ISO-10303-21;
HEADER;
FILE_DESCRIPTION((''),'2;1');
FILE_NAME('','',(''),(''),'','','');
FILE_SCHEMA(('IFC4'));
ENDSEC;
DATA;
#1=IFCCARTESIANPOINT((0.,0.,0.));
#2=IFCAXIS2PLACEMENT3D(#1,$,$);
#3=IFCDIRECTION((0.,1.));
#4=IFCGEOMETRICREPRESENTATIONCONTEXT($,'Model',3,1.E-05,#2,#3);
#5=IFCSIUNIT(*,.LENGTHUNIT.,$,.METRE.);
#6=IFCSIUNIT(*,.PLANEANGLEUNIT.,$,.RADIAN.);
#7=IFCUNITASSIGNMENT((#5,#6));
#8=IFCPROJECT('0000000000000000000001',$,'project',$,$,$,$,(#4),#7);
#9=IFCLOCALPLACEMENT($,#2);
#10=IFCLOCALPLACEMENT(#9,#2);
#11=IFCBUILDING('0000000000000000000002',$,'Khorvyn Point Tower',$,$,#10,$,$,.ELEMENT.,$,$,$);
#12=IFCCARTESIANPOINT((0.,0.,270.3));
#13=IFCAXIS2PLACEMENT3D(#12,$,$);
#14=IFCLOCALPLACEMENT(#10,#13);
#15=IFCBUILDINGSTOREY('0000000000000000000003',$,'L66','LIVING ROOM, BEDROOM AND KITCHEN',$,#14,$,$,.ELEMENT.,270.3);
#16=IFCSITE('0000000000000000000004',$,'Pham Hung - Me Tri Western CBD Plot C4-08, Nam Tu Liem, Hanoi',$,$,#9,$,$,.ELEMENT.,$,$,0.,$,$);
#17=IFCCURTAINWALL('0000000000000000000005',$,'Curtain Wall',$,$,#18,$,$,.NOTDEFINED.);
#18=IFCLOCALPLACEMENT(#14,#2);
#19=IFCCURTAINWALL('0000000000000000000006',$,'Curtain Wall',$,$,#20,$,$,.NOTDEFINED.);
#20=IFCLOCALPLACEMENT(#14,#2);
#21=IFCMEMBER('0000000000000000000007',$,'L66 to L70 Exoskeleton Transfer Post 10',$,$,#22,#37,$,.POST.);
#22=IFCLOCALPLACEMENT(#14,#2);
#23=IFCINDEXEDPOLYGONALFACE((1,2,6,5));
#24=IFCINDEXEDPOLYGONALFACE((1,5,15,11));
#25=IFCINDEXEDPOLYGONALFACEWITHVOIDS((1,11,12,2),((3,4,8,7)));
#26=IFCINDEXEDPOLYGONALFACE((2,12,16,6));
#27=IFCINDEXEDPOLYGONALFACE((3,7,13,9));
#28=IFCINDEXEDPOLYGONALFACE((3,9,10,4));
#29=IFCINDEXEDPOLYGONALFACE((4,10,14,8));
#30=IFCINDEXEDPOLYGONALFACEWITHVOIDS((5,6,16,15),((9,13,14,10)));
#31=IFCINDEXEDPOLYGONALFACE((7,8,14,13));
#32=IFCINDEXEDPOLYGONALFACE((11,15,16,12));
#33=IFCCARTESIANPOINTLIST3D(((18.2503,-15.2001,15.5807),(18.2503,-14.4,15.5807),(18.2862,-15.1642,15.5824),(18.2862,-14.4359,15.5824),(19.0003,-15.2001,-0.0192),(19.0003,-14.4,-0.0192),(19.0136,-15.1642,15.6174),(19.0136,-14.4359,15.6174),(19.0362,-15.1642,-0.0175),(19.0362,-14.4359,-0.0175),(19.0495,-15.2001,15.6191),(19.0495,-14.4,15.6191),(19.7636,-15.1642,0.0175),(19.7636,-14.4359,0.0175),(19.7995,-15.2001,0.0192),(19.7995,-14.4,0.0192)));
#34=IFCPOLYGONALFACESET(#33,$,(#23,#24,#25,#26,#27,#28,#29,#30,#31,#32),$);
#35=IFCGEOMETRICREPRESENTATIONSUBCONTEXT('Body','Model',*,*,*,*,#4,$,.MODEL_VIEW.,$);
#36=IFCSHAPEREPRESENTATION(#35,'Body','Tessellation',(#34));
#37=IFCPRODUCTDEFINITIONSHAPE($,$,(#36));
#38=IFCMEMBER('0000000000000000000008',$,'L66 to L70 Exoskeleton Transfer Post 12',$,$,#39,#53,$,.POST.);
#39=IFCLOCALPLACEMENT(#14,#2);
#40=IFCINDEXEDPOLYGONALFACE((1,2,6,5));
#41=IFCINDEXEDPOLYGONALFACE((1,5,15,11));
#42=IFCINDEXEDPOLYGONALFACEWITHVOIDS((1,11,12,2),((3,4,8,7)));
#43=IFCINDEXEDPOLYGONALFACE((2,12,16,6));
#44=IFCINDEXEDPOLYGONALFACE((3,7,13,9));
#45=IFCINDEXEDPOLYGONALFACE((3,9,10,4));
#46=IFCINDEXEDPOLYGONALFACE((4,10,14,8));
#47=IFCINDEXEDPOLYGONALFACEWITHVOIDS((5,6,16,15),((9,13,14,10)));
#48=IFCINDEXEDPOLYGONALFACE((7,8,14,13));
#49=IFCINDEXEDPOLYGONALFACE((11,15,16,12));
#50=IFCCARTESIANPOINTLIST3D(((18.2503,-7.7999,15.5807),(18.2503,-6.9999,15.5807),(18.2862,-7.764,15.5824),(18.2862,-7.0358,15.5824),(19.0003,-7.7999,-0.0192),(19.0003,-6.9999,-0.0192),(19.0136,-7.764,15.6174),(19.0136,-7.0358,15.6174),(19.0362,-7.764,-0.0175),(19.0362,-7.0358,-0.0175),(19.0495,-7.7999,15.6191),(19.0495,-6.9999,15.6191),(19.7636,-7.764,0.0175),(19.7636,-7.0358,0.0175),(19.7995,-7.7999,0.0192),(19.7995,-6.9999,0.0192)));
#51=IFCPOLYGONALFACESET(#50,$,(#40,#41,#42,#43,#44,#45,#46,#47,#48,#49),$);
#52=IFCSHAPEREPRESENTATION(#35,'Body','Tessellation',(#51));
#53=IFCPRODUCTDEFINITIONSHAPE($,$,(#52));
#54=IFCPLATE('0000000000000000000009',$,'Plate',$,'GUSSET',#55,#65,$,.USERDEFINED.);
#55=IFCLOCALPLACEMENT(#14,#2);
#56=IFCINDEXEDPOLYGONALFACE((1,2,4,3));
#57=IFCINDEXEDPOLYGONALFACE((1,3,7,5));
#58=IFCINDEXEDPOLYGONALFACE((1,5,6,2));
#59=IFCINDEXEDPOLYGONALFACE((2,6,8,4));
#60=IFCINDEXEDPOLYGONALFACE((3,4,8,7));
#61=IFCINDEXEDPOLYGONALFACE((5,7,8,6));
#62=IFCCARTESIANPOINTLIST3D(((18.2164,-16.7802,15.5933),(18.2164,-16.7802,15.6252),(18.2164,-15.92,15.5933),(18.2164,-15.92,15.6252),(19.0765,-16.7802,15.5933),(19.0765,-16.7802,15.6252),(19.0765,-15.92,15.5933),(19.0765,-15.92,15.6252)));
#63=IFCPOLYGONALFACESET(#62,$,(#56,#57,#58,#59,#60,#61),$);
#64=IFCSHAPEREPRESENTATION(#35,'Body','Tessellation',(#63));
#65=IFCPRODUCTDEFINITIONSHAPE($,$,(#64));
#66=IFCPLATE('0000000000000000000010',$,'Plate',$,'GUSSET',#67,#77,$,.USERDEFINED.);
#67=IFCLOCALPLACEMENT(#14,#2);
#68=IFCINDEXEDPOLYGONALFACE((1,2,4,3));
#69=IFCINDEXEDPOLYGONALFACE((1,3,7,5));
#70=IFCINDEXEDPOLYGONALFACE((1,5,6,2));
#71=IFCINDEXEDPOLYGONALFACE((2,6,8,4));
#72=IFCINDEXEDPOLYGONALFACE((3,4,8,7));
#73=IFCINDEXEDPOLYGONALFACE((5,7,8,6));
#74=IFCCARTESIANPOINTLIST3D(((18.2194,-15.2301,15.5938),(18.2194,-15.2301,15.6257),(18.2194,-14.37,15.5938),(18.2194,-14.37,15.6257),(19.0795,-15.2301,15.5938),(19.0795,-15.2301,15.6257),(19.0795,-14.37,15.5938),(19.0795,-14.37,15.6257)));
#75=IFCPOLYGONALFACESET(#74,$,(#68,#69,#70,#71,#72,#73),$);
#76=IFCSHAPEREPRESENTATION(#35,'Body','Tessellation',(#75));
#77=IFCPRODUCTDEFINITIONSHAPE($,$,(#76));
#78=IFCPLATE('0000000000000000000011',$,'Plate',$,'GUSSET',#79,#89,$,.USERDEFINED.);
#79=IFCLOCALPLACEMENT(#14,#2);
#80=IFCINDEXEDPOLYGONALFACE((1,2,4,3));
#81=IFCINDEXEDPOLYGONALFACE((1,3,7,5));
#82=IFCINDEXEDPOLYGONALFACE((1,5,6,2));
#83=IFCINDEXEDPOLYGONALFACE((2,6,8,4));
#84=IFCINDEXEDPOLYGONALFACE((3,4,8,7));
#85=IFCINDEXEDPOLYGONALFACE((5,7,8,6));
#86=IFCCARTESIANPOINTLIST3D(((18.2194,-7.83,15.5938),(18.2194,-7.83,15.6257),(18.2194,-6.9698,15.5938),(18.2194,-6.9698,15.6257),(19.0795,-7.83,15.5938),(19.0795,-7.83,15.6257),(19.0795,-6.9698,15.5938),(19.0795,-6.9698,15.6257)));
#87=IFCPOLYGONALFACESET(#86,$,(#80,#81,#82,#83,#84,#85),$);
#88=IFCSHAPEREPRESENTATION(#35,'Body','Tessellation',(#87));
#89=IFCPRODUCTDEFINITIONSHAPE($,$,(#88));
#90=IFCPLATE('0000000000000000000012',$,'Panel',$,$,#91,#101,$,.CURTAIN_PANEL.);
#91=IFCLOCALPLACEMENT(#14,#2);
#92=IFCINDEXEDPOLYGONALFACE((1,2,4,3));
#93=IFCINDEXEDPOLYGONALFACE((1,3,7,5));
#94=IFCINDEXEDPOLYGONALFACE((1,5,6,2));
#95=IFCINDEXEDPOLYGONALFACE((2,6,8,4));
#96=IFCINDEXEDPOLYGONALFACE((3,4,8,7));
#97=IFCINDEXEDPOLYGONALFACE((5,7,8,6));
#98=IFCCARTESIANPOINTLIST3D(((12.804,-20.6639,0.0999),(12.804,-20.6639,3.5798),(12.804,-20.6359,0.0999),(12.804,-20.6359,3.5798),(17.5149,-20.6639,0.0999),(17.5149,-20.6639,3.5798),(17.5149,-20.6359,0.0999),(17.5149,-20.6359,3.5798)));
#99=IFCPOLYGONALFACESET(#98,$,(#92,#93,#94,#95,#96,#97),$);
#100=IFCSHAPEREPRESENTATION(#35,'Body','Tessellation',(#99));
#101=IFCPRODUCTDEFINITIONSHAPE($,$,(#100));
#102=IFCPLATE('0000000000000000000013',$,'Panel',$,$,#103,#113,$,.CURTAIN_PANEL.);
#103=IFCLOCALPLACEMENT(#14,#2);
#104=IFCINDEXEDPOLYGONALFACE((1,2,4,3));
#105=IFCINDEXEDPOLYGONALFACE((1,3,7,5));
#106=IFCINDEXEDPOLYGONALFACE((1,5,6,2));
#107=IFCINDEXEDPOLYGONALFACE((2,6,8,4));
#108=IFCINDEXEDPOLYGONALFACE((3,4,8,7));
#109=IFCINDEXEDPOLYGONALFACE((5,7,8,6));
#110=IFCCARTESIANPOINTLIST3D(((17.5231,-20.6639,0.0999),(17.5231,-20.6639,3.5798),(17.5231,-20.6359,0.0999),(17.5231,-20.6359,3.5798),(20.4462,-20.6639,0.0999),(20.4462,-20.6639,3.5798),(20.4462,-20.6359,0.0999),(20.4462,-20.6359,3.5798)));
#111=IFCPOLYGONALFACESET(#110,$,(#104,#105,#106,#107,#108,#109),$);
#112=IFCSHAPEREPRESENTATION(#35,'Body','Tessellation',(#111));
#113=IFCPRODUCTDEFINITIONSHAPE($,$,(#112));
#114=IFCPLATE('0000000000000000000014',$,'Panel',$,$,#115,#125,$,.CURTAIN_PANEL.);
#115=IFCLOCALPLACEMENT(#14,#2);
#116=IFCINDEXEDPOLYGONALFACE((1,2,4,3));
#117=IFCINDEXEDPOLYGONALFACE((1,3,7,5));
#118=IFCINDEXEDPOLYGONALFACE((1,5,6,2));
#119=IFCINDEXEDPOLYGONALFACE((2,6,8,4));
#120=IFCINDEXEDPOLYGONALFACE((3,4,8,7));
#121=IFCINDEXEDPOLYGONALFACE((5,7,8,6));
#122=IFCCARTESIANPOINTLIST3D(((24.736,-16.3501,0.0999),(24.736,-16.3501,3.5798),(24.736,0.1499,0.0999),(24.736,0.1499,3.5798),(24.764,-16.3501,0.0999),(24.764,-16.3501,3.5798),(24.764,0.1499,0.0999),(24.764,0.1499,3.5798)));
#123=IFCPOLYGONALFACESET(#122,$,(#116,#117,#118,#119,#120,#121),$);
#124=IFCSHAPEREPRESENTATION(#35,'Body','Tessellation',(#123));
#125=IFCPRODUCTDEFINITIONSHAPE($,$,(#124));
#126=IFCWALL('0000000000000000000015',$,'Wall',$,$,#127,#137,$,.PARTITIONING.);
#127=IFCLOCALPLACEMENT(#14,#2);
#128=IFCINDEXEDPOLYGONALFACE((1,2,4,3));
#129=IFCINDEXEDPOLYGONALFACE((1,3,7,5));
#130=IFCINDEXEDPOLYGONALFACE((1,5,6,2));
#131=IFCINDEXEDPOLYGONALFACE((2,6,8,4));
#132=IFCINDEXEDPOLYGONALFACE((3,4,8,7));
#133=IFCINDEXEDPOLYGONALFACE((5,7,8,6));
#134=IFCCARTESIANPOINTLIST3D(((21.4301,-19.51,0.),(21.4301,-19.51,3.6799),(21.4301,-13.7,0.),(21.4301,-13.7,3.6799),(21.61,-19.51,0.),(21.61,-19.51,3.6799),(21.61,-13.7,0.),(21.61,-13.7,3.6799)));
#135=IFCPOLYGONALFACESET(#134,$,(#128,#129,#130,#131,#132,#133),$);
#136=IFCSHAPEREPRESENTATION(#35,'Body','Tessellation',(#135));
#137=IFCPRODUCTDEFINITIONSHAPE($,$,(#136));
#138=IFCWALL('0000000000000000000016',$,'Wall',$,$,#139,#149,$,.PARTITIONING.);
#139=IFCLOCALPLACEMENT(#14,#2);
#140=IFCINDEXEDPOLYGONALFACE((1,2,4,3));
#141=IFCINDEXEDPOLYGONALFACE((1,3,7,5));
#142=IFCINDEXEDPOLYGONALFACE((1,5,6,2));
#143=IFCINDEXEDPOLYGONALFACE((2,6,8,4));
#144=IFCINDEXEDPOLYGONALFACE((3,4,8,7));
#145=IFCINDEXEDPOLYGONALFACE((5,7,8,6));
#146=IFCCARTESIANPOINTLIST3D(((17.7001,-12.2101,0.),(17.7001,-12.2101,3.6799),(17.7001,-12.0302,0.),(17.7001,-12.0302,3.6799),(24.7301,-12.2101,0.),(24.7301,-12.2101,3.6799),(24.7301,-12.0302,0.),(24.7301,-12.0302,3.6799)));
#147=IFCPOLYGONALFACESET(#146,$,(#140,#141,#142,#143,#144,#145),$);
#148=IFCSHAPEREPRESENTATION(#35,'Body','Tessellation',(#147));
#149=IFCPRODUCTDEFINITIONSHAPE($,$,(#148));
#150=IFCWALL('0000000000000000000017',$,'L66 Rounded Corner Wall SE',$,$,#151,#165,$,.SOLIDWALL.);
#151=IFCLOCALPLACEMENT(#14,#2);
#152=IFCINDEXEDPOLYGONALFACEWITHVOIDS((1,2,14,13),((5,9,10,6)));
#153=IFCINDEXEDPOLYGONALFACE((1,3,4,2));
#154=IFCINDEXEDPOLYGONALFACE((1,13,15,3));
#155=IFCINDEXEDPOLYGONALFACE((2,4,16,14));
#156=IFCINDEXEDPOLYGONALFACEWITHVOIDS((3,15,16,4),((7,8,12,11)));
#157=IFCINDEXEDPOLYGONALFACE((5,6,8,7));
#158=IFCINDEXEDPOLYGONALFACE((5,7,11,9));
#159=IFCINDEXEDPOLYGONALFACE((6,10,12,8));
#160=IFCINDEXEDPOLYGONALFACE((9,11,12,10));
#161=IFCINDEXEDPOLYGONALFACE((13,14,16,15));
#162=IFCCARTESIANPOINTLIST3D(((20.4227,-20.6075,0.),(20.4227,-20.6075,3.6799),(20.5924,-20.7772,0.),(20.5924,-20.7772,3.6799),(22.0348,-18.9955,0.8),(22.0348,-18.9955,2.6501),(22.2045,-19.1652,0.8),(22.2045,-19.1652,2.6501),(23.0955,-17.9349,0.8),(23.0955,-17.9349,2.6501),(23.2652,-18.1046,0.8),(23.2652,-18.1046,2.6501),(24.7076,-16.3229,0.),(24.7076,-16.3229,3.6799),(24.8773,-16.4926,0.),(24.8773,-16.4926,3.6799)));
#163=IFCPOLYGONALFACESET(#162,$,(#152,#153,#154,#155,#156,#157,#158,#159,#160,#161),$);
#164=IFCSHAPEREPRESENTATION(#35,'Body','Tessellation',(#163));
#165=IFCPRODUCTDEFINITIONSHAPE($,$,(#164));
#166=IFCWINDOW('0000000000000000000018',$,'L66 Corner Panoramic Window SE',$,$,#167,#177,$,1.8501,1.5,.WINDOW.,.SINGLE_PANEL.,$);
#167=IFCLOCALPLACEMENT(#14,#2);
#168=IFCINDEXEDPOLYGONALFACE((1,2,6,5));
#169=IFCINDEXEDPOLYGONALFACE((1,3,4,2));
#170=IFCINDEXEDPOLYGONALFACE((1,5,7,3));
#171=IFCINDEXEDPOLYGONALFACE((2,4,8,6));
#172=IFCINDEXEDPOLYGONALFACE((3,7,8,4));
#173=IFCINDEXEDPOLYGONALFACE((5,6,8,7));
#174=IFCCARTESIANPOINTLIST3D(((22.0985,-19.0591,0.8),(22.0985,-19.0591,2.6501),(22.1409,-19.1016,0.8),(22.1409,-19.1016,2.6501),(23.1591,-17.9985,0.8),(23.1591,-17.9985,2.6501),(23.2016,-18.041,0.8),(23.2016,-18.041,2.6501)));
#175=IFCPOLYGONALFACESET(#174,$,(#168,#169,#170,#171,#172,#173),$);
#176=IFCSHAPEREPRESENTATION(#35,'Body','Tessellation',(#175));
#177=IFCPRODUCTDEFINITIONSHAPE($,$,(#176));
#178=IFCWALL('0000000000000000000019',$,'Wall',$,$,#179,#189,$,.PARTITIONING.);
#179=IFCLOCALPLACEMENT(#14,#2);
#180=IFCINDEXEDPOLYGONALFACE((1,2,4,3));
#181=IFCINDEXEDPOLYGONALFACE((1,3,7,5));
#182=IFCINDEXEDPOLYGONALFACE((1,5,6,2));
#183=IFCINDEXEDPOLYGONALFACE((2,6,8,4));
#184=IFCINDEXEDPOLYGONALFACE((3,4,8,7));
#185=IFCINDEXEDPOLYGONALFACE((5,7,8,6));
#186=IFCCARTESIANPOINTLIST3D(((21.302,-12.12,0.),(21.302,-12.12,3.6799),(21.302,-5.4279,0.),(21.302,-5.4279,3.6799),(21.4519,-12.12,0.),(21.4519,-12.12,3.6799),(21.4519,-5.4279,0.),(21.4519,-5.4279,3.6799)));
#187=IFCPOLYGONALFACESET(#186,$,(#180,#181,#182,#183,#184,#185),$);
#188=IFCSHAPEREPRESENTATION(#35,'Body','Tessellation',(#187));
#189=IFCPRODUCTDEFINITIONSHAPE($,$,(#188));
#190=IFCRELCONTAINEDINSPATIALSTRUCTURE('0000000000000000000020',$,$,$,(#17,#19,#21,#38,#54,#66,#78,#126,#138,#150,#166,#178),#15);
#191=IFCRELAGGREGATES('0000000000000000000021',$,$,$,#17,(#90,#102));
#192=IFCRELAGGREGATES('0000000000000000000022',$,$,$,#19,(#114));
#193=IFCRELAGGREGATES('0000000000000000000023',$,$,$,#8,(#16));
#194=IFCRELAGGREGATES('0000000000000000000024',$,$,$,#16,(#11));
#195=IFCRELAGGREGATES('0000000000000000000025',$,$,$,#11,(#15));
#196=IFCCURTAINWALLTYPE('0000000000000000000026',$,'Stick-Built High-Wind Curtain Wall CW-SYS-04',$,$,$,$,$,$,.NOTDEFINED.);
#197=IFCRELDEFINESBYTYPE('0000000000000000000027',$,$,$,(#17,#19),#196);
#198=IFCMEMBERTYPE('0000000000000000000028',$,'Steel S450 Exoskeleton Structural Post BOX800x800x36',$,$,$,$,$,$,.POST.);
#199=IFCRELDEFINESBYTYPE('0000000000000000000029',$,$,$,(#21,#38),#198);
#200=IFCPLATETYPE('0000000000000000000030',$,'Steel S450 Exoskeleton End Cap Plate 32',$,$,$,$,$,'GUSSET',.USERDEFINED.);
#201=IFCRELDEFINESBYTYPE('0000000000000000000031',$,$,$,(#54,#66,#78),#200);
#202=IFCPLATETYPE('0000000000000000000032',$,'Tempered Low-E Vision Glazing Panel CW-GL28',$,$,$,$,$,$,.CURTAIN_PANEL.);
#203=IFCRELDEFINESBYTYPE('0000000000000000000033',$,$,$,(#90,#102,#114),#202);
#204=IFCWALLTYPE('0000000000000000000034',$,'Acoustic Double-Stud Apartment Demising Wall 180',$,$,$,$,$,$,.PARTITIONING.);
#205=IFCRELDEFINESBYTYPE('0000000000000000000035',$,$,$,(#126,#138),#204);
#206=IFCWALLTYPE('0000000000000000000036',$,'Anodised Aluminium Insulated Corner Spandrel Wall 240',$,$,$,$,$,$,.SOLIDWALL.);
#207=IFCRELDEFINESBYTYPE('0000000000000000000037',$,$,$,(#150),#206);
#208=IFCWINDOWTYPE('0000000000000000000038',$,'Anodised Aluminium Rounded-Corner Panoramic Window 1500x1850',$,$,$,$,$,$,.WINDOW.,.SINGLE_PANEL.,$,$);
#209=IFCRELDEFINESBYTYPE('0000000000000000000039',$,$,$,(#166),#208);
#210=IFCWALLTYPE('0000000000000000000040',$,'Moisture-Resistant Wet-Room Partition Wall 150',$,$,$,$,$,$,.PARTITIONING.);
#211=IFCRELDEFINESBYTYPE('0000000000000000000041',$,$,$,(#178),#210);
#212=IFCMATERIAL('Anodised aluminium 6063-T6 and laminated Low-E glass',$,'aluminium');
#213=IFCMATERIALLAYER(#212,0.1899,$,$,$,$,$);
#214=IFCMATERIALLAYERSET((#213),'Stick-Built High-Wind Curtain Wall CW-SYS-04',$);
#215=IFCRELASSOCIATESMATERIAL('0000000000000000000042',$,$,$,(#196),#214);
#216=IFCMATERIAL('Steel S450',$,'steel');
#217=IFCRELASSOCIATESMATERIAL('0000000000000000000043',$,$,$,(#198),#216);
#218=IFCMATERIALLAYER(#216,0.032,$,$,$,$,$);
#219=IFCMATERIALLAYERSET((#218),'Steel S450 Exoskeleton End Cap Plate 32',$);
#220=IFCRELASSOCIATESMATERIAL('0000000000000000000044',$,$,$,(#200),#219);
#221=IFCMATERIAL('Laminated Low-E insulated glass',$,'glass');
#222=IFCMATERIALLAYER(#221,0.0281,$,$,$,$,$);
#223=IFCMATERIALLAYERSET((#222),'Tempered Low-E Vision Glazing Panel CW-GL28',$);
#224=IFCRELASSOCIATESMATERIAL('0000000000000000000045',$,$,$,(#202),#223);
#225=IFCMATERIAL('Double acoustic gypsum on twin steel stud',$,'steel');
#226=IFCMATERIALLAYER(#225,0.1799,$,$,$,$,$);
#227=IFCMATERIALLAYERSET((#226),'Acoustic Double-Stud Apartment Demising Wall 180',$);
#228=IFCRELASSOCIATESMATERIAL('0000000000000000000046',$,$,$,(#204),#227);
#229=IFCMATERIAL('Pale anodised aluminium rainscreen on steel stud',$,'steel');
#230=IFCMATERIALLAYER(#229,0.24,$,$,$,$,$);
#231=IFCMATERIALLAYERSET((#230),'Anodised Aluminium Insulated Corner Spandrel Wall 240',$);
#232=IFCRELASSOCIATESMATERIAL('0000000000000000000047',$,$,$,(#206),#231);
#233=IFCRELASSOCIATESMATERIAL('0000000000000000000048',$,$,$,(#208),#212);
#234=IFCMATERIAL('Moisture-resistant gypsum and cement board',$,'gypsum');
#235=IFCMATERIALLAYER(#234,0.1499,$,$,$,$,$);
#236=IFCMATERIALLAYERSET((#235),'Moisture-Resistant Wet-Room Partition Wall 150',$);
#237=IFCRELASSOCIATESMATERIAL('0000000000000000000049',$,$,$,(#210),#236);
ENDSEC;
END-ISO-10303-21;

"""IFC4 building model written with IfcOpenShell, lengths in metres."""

from ifc_helpers import new_model, si_unit, direction, frame, frame_2d, origin, origin_2d, place, context, subcontext, project, spatial, rectangle, hollow_rectangle, extrude, material, layer, layer_set, material_profile, profile_set, type_object, element, fill, aggregate, save


model = new_model("IFC4")

# Units and contexts
model_context = context("Model", 3, precision=1e-05, world=origin(), true_north=direction((0.0, 1.0)))
body_context = subcontext(model_context, "Body", "Model", "MODEL_VIEW")
ifc_project = project(units=[si_unit("LENGTHUNIT", "METRE"), si_unit("PLANEANGLEUNIT", "RADIAN")], contexts=[model_context])

# Site, building, storey
site_placement = place(None, origin())
site = spatial("IfcSite", under=ifc_project, at=site_placement, Name="Pham Hung - Me Tri Western CBD Plot C4-08, Nam Tu Liem, Hanoi", CompositionType="ELEMENT", RefElevation=0.0)
building_placement = place(site_placement, origin())
building = spatial("IfcBuilding", under=site, at=building_placement, Name="Khorvyn Point Tower", CompositionType="ELEMENT")
storey_placement = place(building_placement, frame((0.0, 0.0, 270.3)))
storey = spatial("IfcBuildingStorey", under=building, at=storey_placement, Name="L66", Description="LIVING ROOM, BEDROOM AND KITCHEN", CompositionType="ELEMENT", Elevation=270.3)

# Shared definitions
ifc_material_1 = material(Name="Steel S450", Category="steel")

# Curtain walls
ifc_material_2 = material(Name="Anodised aluminium 6063-T6 and laminated Low-E glass", Category="aluminium")
ifc_layer_1 = layer(ifc_material_2, 0.1899)
ifc_layer_set_1 = layer_set([ifc_layer_1], Name="Stick-Built High-Wind Curtain Wall CW-SYS-04")
curtain_wall_type = type_object("IfcCurtainWallType", Name="Stick-Built High-Wind Curtain Wall CW-SYS-04", PredefinedType="NOTDEFINED", material=ifc_layer_set_1)
curtain_wall_1_placement = place(storey_placement, origin())
curtain_wall_1 = element("IfcCurtainWall", 1, at=curtain_wall_1_placement, inside=storey, type_object=curtain_wall_type, Name="Curtain Wall", PredefinedType="NOTDEFINED")
curtain_wall_2_placement = place(storey_placement, origin())
curtain_wall_2 = element("IfcCurtainWall", 2, at=curtain_wall_2_placement, inside=storey, type_object=curtain_wall_type, Name="Curtain Wall", PredefinedType="NOTDEFINED")

# Members
ifc_material_profile_1 = material_profile(ifc_material_1, hollow_rectangle(XDim=0.8, YDim=0.8, WallThickness=0.0359, at=origin_2d()))
ifc_profile_set_1 = profile_set([ifc_material_profile_1], Name="Steel S450 BOX800x800x36")
member_type_1 = type_object("IfcMemberType", Name="Steel S450 Exoskeleton Structural Post BOX800x800x36", PredefinedType="POST", material=ifc_profile_set_1)
for number, where, z_axis, x_axis, name in (
    (3, (19.3999, -14.8, 0.0), (-0.048022, 0.0, 0.998846), (0.0, -1.0, 0.0), "L66 to L70 Exoskeleton Transfer Post 10"),
    (4, (19.3999, -7.3999, 0.0), (-0.048022, 0.0, 0.998846), (0.0, -1.0, 0.0), "L66 to L70 Exoskeleton Transfer Post 12"),
):
    element("IfcMember", number, at=place(storey_placement, frame(where, z_axis=z_axis, x_axis=x_axis)), inside=storey, type_object=member_type_1, Name=name, PredefinedType="POST", context=body_context, shape_type="SweptSolid", body=[
        extrude(hollow_rectangle(XDim=0.8, YDim=0.8, WallThickness=0.0359, at=origin_2d()), origin(), (0.0, 0.0, 1.0), 15.6179),
    ])

# Plates
ifc_layer_2 = layer(ifc_material_1, 0.032)
ifc_layer_set_2 = layer_set([ifc_layer_2], Name="Steel S450 Exoskeleton End Cap Plate 32")
plate_type_1 = type_object("IfcPlateType", Name="Steel S450 Exoskeleton End Cap Plate 32", ElementType="GUSSET", PredefinedType="USERDEFINED", material=ifc_layer_set_2)
for number, where, z_axis, x_axis, name in (
    (5, (18.6465, -16.3501, 15.5933), (0.0, 0.0, 1.0), (1.0, 0.0, 0.0), "Plate"),
    (6, (18.6494, -14.8, 15.5938), (0.0, 0.0, 1.0), (1.0, 0.0, 0.0), "Plate"),
    (7, (18.6494, -7.3999, 15.5938), (0.0, 0.0, 1.0), (1.0, 0.0, 0.0), "Plate"),
):
    element("IfcPlate", number, at=place(storey_placement, frame(where, z_axis=z_axis, x_axis=x_axis)), inside=storey, type_object=plate_type_1, Name=name, ObjectType="GUSSET", PredefinedType="USERDEFINED", context=body_context, shape_type="SweptSolid", body=[
        extrude(rectangle(XDim=0.8601, YDim=0.8601, at=origin_2d()), origin(), (0.0, 0.0, 1.0), 0.032),
    ])

# Plates
ifc_material_3 = material(Name="Laminated Low-E insulated glass", Category="glass")
ifc_layer_3 = layer(ifc_material_3, 0.0281)
ifc_layer_set_3 = layer_set([ifc_layer_3], Name="Tempered Low-E Vision Glazing Panel CW-GL28")
plate_type_2 = type_object("IfcPlateType", Name="Tempered Low-E Vision Glazing Panel CW-GL28", PredefinedType="CURTAIN_PANEL", material=ifc_layer_set_3)
plate_1_placement = place(storey_placement, frame((15.1594, -20.6499, 0.0999), z_axis=(0.0, 0.0, 1.0), x_axis=(-1.0, 0.0, 0.0)))
plate_1 = element("IfcPlate", 8, at=plate_1_placement, type_object=plate_type_2, Name="Panel", PredefinedType="CURTAIN_PANEL", context=body_context, shape_type="SweptSolid", body=[
    extrude(rectangle(XDim=4.7109, YDim=0.0281, at=origin_2d()), origin(), (0.0, 0.0, 1.0), 3.48),
])
plate_2_placement = place(storey_placement, frame((18.9846, -20.6499, 0.0999), z_axis=(0.0, 0.0, 1.0), x_axis=(-1.0, 0.0, 0.0)))
plate_2 = element("IfcPlate", 9, at=plate_2_placement, type_object=plate_type_2, Name="Panel", PredefinedType="CURTAIN_PANEL", context=body_context, shape_type="SweptSolid", body=[
    extrude(rectangle(XDim=2.9231, YDim=0.0281, at=origin_2d()), origin(), (0.0, 0.0, 1.0), 3.48),
])
aggregate(curtain_wall_1, [plate_1, plate_2])
plate_3_placement = place(storey_placement, frame((24.75, -8.1001, 0.0999), z_axis=(0.0, 0.0, 1.0), x_axis=(0.0, -1.0, 0.0)))
plate_3 = element("IfcPlate", 10, at=plate_3_placement, type_object=plate_type_2, Name="Panel", PredefinedType="CURTAIN_PANEL", context=body_context, shape_type="SweptSolid", body=[
    extrude(rectangle(XDim=16.5, YDim=0.0281, at=origin_2d()), origin(), (0.0, 0.0, 1.0), 3.48),
])
aggregate(curtain_wall_2, [plate_3])

# Walls
ifc_material_4 = material(Name="Double acoustic gypsum on twin steel stud", Category="steel")
ifc_layer_4 = layer(ifc_material_4, 0.1799)
ifc_layer_set_4 = layer_set([ifc_layer_4], Name="Acoustic Double-Stud Apartment Demising Wall 180")
wall_type_1 = type_object("IfcWallType", Name="Acoustic Double-Stud Apartment Demising Wall 180", PredefinedType="PARTITIONING", material=ifc_layer_set_4)
wall_1_placement = place(storey_placement, frame((21.52, -19.51, 0.0), z_axis=(0.0, 0.0, 1.0), x_axis=(0.0, 1.0, 0.0)))
element("IfcWall", 11, at=wall_1_placement, inside=storey, type_object=wall_type_1, Name="Wall", PredefinedType="PARTITIONING", context=body_context, shape_type="SweptSolid", body=[
    extrude(rectangle(XDim=5.8101, YDim=0.1799, at=frame_2d((2.905, 0.0))), origin(), (0.0, 0.0, 1.0), 3.6799),
])
wall_2_placement = place(storey_placement, frame((17.7, -12.1201, 0.0), z_axis=(0.0, 0.0, 1.0), x_axis=(1.0, 0.0, 0.0)))
element("IfcWall", 12, at=wall_2_placement, inside=storey, type_object=wall_type_1, Name="Wall", PredefinedType="PARTITIONING", context=body_context, shape_type="SweptSolid", body=[
    extrude(rectangle(XDim=7.03, YDim=0.1799, at=frame_2d((3.5151, 0.0))), origin(), (0.0, 0.0, 1.0), 3.6799),
])

# Wall, opening, window
ifc_material_5 = material(Name="Pale anodised aluminium rainscreen on steel stud", Category="steel")
ifc_layer_5 = layer(ifc_material_5, 0.24)
ifc_layer_set_5 = layer_set([ifc_layer_5], Name="Anodised Aluminium Insulated Corner Spandrel Wall 240")
wall_type_2 = type_object("IfcWallType", Name="Anodised Aluminium Insulated Corner Spandrel Wall 240", PredefinedType="SOLIDWALL", material=ifc_layer_set_5)
wall_3_placement = place(storey_placement, frame((24.7925, -16.4077, 0.0), z_axis=(0.0, 0.0, 1.0), x_axis=(-0.707127, -0.707087, 0.0)))
wall_3 = element("IfcWall", 13, at=wall_3_placement, inside=storey, type_object=wall_type_2, Name="L66 Rounded Corner Wall SE", PredefinedType="SOLIDWALL", context=body_context, shape_type="SweptSolid", body=[
    extrude(rectangle(XDim=6.0596, YDim=0.24, at=frame_2d((3.0298, 0.0))), origin(), (0.0, 0.0, 1.0), 3.6799),
])
opening_placement = place(wall_3_placement, frame((2.2798, 0.0, 0.8)))
opening = element("IfcOpeningElement", 14, at=opening_placement, cuts=wall_3, PredefinedType="OPENING", context=body_context, shape_type="SweptSolid", body=[
    extrude(rectangle(XDim=1.5, YDim=1.8501, at=frame_2d((0.75, 0.925))), frame((0.0, 0.1299, 0.0), z_axis=(0.0, -1.0, 0.0), x_axis=(1.0, 0.0, 0.0)), (0.0, 0.0, 1.0), 0.26),
])
window_type = type_object("IfcWindowType", Name="Anodised Aluminium Rounded-Corner Panoramic Window 1500x1850", PartitioningType="SINGLE_PANEL", PredefinedType="WINDOW", material=ifc_material_2)
window_placement = place(opening_placement, origin())
window = element("IfcWindow", 15, at=window_placement, inside=storey, type_object=window_type, Name="L66 Corner Panoramic Window SE", OverallHeight=1.8501, OverallWidth=1.5, PartitioningType="SINGLE_PANEL", PredefinedType="WINDOW", context=body_context, shape_type="SweptSolid", body=[
    extrude(rectangle(XDim=1.5, YDim=1.8501, at=frame_2d((0.75, 0.925))), frame((0.0, 0.03, 0.0), z_axis=(0.0, -1.0, 0.0), x_axis=(1.0, 0.0, 0.0)), (0.0, 0.0, 1.0), 0.0601),
])
fill(opening, window)

# Wall
ifc_material_6 = material(Name="Moisture-resistant gypsum and cement board", Category="gypsum")
ifc_layer_6 = layer(ifc_material_6, 0.1499)
ifc_layer_set_6 = layer_set([ifc_layer_6], Name="Moisture-Resistant Wet-Room Partition Wall 150")
wall_type_3 = type_object("IfcWallType", Name="Moisture-Resistant Wet-Room Partition Wall 150", PredefinedType="PARTITIONING", material=ifc_layer_set_6)
wall_4_placement = place(storey_placement, frame((21.377, -12.1201, 0.0), z_axis=(0.0, 0.0, 1.0), x_axis=(0.0, 1.0, 0.0)))
element("IfcWall", 16, at=wall_4_placement, inside=storey, type_object=wall_type_3, Name="Wall", PredefinedType="PARTITIONING", context=body_context, shape_type="SweptSolid", body=[
    extrude(rectangle(XDim=6.6921, YDim=0.1499, at=frame_2d((3.3462, 0.0))), origin(), (0.0, 0.0, 1.0), 3.6799),
])

save(model, "model.ifc")
